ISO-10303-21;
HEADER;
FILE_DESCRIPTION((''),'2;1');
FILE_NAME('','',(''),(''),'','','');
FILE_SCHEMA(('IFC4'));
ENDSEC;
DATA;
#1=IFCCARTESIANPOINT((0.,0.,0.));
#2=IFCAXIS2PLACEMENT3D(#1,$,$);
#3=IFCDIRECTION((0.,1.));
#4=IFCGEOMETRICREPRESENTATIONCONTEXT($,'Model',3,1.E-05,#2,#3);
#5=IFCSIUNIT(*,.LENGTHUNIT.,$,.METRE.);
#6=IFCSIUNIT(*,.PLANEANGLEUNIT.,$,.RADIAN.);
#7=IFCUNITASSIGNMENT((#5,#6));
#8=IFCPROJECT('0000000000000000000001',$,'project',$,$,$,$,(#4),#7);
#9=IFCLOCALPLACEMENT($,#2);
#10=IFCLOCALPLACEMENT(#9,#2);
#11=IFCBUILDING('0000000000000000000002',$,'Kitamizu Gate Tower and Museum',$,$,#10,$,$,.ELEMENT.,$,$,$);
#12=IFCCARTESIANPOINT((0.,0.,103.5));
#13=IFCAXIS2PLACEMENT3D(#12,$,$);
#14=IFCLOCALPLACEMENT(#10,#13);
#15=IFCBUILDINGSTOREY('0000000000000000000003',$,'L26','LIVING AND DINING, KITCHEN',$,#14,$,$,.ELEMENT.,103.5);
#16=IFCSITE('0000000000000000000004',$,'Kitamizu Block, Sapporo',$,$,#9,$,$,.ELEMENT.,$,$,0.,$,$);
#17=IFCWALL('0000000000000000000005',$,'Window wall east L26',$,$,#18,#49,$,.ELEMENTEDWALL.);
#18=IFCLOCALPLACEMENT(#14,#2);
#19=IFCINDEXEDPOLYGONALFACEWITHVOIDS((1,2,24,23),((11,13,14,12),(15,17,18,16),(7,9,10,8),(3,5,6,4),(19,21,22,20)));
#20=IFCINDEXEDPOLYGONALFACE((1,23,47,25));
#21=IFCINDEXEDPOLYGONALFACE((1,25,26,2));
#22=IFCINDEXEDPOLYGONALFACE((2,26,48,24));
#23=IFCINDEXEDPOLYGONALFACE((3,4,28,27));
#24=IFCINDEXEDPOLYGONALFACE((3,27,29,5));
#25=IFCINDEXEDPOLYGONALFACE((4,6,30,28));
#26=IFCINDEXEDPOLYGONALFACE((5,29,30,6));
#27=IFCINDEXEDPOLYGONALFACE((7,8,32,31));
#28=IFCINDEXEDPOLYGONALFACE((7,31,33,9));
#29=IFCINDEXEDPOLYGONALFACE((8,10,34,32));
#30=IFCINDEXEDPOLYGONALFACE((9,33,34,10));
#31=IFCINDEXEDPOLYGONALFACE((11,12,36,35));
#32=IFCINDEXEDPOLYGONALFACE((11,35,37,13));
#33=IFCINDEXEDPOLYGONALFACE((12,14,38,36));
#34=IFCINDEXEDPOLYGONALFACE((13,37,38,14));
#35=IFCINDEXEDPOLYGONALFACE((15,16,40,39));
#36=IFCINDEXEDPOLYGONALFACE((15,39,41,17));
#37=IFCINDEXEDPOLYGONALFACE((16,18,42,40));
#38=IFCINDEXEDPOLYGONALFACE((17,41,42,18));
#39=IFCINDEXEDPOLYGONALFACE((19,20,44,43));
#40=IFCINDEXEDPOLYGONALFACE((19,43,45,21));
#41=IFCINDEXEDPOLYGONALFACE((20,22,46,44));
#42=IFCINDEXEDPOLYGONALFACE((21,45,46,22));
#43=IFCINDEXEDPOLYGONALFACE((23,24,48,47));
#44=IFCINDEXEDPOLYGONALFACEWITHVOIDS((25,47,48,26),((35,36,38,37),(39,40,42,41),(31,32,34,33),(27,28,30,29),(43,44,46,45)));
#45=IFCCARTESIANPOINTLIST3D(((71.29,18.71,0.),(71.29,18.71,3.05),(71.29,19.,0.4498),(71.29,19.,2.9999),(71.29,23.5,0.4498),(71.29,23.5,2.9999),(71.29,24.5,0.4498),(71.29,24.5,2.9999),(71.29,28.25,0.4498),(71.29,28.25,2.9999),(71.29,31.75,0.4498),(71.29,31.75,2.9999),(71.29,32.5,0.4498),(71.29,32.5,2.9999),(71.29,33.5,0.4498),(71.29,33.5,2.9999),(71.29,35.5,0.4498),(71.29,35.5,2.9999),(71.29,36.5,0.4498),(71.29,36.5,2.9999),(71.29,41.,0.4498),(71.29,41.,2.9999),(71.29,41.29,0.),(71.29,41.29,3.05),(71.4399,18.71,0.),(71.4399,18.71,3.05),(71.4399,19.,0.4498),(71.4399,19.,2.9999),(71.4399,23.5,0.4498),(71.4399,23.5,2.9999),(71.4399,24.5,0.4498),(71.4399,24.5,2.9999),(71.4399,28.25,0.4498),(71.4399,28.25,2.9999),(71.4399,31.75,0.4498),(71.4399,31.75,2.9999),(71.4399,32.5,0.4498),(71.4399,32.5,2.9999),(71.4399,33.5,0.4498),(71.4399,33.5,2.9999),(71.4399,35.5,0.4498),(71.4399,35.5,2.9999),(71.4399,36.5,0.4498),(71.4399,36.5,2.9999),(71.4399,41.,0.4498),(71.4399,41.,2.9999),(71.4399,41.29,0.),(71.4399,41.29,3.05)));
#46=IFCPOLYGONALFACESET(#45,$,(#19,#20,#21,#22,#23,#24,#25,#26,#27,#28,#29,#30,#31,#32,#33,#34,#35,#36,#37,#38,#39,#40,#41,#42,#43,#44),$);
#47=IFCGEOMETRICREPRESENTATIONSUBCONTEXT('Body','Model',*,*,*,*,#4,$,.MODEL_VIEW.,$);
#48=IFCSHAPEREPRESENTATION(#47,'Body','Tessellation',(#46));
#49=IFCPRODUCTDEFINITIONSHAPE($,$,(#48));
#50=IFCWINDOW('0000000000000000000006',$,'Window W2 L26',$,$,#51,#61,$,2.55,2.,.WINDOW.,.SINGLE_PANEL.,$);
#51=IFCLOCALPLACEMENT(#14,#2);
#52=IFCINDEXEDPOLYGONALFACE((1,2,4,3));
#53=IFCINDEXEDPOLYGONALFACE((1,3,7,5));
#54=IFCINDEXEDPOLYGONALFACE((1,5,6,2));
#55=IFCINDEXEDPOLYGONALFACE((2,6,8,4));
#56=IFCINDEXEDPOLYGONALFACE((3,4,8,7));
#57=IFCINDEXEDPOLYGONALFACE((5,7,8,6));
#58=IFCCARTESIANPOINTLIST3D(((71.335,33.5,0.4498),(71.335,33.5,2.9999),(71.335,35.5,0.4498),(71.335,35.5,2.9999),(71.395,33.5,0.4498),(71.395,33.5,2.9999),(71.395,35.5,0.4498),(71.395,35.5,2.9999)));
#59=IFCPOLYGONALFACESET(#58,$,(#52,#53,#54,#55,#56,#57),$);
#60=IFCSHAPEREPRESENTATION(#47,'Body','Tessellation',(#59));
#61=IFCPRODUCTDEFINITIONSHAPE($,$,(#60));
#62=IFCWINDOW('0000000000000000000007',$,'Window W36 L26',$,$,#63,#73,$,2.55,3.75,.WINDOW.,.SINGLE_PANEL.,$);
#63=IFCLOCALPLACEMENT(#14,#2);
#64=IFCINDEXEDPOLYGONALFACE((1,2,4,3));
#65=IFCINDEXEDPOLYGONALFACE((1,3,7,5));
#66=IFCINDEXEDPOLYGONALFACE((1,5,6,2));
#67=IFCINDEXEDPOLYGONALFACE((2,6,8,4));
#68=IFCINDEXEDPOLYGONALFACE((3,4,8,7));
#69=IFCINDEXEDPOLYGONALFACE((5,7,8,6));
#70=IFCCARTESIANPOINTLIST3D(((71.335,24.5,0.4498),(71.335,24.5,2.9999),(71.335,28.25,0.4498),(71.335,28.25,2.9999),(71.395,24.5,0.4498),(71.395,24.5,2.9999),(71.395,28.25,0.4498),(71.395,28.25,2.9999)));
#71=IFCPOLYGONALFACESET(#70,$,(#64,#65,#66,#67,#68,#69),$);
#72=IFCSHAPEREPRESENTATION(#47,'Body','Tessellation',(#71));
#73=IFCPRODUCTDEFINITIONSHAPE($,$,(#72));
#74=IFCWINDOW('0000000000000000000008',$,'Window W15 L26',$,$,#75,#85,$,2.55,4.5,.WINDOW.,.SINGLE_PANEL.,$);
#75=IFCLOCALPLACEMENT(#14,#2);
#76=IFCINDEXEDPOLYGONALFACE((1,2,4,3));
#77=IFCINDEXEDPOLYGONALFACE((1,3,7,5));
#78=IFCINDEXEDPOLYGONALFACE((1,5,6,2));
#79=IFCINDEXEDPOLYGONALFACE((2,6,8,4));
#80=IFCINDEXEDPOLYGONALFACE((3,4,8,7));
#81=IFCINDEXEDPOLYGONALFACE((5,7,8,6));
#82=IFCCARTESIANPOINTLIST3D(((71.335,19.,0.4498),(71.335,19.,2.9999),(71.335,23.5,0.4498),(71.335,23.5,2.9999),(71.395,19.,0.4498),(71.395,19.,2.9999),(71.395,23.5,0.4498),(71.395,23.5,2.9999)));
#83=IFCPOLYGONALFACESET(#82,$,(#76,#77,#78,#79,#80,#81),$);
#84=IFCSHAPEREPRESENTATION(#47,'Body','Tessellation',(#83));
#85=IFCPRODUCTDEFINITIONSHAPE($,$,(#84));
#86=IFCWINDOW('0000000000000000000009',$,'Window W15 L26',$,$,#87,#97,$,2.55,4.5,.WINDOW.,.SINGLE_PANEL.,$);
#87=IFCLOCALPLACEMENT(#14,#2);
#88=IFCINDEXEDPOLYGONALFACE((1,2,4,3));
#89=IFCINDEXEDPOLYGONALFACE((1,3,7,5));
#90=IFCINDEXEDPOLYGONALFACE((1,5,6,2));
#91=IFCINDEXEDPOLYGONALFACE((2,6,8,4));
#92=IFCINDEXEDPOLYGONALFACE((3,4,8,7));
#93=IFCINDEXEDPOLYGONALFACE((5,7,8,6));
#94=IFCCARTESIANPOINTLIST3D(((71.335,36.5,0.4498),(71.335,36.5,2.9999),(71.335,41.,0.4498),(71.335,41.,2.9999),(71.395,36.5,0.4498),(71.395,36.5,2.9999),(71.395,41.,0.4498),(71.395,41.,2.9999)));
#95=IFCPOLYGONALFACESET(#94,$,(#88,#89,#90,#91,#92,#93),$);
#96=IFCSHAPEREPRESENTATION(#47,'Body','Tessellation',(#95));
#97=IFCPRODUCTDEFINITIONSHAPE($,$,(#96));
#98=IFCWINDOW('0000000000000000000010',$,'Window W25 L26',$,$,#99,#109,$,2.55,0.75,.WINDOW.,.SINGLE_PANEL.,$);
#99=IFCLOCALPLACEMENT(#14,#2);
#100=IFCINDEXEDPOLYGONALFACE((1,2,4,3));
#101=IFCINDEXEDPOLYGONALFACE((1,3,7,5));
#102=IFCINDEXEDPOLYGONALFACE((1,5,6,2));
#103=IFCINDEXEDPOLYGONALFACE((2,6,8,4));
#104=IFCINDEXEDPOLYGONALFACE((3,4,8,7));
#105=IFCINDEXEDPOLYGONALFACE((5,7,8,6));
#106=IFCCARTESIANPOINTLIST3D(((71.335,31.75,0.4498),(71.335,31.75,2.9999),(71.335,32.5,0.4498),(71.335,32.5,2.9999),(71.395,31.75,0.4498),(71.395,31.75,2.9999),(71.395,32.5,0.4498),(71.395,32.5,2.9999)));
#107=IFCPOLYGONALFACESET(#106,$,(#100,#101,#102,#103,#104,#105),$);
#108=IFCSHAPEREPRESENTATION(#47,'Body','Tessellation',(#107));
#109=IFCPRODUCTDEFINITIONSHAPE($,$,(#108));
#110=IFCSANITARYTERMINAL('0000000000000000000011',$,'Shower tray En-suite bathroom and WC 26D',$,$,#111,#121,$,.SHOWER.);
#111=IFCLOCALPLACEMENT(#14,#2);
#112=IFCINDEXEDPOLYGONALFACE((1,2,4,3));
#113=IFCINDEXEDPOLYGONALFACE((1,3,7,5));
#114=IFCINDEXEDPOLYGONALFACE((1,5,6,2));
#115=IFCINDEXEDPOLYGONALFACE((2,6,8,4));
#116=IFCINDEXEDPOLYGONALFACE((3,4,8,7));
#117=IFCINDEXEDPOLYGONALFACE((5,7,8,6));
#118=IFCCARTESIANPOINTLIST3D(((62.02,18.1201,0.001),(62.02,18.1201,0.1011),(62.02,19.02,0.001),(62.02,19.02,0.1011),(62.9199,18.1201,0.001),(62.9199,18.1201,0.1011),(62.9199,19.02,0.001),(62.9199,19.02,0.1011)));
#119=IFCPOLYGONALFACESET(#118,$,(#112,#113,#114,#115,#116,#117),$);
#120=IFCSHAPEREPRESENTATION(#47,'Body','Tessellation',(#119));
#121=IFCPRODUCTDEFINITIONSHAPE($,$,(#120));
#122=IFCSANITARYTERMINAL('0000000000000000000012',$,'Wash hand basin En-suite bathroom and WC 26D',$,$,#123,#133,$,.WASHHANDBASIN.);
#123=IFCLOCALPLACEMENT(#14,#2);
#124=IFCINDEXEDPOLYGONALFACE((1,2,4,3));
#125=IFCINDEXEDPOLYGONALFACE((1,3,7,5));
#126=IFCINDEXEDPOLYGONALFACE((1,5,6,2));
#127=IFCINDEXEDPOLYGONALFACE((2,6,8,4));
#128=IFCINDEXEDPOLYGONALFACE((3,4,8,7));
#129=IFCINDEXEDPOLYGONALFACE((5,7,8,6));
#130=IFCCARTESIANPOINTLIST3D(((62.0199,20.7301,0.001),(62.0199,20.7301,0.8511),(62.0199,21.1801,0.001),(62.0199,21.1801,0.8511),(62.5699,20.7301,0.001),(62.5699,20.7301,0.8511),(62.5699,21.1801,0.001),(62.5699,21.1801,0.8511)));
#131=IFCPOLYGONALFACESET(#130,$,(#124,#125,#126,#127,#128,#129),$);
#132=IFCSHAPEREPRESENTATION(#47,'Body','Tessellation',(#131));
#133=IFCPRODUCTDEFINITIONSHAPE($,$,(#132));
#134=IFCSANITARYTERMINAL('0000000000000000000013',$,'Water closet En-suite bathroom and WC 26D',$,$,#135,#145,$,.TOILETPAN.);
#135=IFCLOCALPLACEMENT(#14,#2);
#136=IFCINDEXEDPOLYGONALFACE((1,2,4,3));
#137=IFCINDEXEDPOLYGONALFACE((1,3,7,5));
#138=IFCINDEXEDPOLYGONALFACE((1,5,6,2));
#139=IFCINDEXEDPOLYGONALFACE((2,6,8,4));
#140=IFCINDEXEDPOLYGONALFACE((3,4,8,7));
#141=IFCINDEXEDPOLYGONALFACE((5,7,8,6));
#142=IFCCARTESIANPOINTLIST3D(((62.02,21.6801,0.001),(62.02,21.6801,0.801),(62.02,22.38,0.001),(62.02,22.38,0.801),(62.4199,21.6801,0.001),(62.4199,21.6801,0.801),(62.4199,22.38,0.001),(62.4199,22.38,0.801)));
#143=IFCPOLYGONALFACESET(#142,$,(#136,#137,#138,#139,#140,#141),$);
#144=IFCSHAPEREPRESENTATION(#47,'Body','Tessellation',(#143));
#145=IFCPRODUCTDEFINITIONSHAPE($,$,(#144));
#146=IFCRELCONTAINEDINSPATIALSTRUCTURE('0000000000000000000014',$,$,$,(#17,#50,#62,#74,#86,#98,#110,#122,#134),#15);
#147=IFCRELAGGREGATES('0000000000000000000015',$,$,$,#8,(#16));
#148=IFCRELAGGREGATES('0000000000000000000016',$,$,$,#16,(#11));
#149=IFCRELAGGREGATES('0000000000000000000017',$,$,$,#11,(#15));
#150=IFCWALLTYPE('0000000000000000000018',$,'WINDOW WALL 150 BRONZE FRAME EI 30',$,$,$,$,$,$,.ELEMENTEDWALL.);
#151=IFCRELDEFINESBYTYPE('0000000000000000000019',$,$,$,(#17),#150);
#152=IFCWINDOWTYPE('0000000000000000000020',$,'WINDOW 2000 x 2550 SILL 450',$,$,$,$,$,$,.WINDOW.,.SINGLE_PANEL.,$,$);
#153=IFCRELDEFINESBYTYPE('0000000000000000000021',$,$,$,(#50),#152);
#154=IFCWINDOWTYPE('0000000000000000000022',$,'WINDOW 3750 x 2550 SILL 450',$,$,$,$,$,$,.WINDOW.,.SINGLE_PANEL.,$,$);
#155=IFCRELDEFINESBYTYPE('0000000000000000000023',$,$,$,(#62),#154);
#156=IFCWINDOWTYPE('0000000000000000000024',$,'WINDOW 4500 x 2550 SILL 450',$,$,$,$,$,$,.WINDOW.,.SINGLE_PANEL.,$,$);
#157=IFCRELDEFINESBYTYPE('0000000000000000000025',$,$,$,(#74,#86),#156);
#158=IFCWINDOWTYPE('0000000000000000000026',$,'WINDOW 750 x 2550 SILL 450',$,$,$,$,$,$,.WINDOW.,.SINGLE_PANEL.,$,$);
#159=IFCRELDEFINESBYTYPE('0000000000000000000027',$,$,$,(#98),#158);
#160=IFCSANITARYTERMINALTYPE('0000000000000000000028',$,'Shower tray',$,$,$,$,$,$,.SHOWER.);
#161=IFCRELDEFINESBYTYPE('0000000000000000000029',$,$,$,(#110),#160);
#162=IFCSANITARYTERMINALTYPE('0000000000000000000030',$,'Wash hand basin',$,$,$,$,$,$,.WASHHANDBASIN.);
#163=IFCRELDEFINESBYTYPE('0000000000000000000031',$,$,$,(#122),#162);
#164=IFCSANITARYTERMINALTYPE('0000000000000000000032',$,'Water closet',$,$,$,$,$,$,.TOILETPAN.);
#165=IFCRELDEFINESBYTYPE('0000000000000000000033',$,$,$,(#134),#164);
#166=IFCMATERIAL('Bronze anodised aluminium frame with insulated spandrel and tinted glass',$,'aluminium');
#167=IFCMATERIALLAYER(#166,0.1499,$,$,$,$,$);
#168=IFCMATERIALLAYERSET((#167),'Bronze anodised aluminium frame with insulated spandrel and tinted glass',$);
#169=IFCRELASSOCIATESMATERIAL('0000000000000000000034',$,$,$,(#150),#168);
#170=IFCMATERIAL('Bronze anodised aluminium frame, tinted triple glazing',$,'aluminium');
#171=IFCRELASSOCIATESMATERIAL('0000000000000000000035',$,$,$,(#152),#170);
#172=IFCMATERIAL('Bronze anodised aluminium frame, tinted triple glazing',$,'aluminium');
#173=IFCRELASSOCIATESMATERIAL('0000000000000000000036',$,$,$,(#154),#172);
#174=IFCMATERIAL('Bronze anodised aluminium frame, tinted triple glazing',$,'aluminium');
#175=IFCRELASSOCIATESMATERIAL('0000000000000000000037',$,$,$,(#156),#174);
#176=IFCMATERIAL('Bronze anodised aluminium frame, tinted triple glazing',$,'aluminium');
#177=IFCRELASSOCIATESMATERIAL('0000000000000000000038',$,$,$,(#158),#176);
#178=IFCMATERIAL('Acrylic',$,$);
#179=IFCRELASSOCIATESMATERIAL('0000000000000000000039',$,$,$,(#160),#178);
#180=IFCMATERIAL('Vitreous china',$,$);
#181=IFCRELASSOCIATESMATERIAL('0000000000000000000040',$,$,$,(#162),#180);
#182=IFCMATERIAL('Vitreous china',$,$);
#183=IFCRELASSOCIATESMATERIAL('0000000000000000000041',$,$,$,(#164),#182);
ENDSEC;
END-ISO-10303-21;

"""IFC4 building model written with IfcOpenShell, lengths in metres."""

from ifc_helpers import new_model, si_unit, direction, frame, frame_2d, origin, origin_2d, place, context, subcontext, project, spatial, rectangle, extrude, material, layer, layer_set, type_object, element, fill, save


model = new_model("IFC4")

# Units and contexts
model_context = context("Model", 3, precision=1e-05, world=origin(), true_north=direction((0.0, 1.0)))
body_context = subcontext(model_context, "Body", "Model", "MODEL_VIEW")
ifc_project = project(units=[si_unit("LENGTHUNIT", "METRE"), si_unit("PLANEANGLEUNIT", "RADIAN")], contexts=[model_context])

# Site, building, storey
site_placement = place(None, origin())
site = spatial("IfcSite", under=ifc_project, at=site_placement, Name="Kitamizu Block, Sapporo", CompositionType="ELEMENT", RefElevation=0.0)
building_placement = place(site_placement, origin())
building = spatial("IfcBuilding", under=site, at=building_placement, Name="Kitamizu Gate Tower and Museum", CompositionType="ELEMENT")
storey_placement = place(building_placement, frame((0.0, 0.0, 103.5)))
storey = spatial("IfcBuildingStorey", under=building, at=storey_placement, Name="L26", Description="LIVING AND DINING, KITCHEN", CompositionType="ELEMENT", Elevation=103.5)

# Shared definitions
ifc_material_1 = material(Name="Bronze anodised aluminium frame with insulated spandrel and tinted glass", Category="aluminium")
ifc_layer_1 = layer(ifc_material_1, 0.1499)
ifc_layer_set_1 = layer_set([ifc_layer_1], Name="Bronze anodised aluminium frame with insulated spandrel and tinted glass")
wall_type_1 = type_object("IfcWallType", Name="WINDOW WALL 150 BRONZE FRAME EI 30", PredefinedType="ELEMENTEDWALL", material=ifc_layer_set_1)

# Wall, openings, windows
wall_1_placement = place(storey_placement, frame((71.365, 18.71, 0.0), z_axis=(0.0, 0.0, 1.0), x_axis=(0.0, 1.0, 0.0)))
wall_1 = element("IfcWall", 1, at=wall_1_placement, inside=storey, type_object=wall_type_1, Name="Window wall east L26", PredefinedType="ELEMENTEDWALL", context=body_context, shape_type="SweptSolid", body=[
    extrude(rectangle(XDim=22.5801, YDim=0.1499, at=frame_2d((11.29, 0.0))), origin(), (0.0, 0.0, 1.0), 3.05),
])
opening_1_placement = place(wall_1_placement, frame((0.29, 0.0, 0.45)))
opening_1 = element("IfcOpeningElement", 2, at=opening_1_placement, cuts=wall_1, PredefinedType="OPENING", context=body_context, shape_type="SweptSolid", body=[
    extrude(rectangle(XDim=4.5, YDim=2.55, at=frame_2d((2.25, 1.2749))), frame((0.0, 0.085, 0.0), z_axis=(0.0, -1.0, 0.0), x_axis=(1.0, 0.0, 0.0)), (0.0, 0.0, 1.0), 0.1699),
])
opening_2_placement = place(wall_1_placement, frame((5.79, 0.0, 0.45)))
opening_2 = element("IfcOpeningElement", 3, at=opening_2_placement, cuts=wall_1, PredefinedType="OPENING", context=body_context, shape_type="SweptSolid", body=[
    extrude(rectangle(XDim=3.75, YDim=2.55, at=frame_2d((1.875, 1.2749))), frame((0.0, 0.085, 0.0), z_axis=(0.0, -1.0, 0.0), x_axis=(1.0, 0.0, 0.0)), (0.0, 0.0, 1.0), 0.1699),
])
opening_3_placement = place(wall_1_placement, frame((13.04, 0.0, 0.45)))
opening_3 = element("IfcOpeningElement", 4, at=opening_3_placement, cuts=wall_1, PredefinedType="OPENING", context=body_context, shape_type="SweptSolid", body=[
    extrude(rectangle(XDim=0.75, YDim=2.55, at=frame_2d((0.375, 1.2749))), frame((0.0, 0.085, 0.0), z_axis=(0.0, -1.0, 0.0), x_axis=(1.0, 0.0, 0.0)), (0.0, 0.0, 1.0), 0.1699),
])
opening_4_placement = place(wall_1_placement, frame((14.79, 0.0, 0.45)))
opening_4 = element("IfcOpeningElement", 5, at=opening_4_placement, cuts=wall_1, PredefinedType="OPENING", context=body_context, shape_type="SweptSolid", body=[
    extrude(rectangle(XDim=2.0, YDim=2.55, at=frame_2d((1.0, 1.2749))), frame((0.0, 0.085, 0.0), z_axis=(0.0, -1.0, 0.0), x_axis=(1.0, 0.0, 0.0)), (0.0, 0.0, 1.0), 0.1699),
])
opening_5_placement = place(wall_1_placement, frame((17.79, 0.0, 0.45)))
opening_5 = element("IfcOpeningElement", 6, at=opening_5_placement, cuts=wall_1, PredefinedType="OPENING", context=body_context, shape_type="SweptSolid", body=[
    extrude(rectangle(XDim=4.5, YDim=2.55, at=frame_2d((2.25, 1.2749))), frame((0.0, 0.085, 0.0), z_axis=(0.0, -1.0, 0.0), x_axis=(1.0, 0.0, 0.0)), (0.0, 0.0, 1.0), 0.1699),
])
ifc_material_2 = material(Name="Bronze anodised aluminium frame, tinted triple glazing", Category="aluminium")
window_type_1 = type_object("IfcWindowType", Name="WINDOW 2000 x 2550 SILL 450", PartitioningType="SINGLE_PANEL", PredefinedType="WINDOW", material=ifc_material_2)
window_1_placement = place(opening_4_placement, origin())
window_1 = element("IfcWindow", 7, at=window_1_placement, inside=storey, type_object=window_type_1, Name="Window W2 L26", OverallHeight=2.55, OverallWidth=2.0, PartitioningType="SINGLE_PANEL", PredefinedType="WINDOW", context=body_context, shape_type="SweptSolid", body=[
    extrude(rectangle(XDim=2.0, YDim=2.55, at=frame_2d((1.0, 1.2749))), frame((0.0, 0.03, 0.0), z_axis=(0.0, -1.0, 0.0), x_axis=(1.0, 0.0, 0.0)), (0.0, 0.0, 1.0), 0.0601),
])
fill(opening_4, window_1)
ifc_material_3 = material(Name="Bronze anodised aluminium frame, tinted triple glazing", Category="aluminium")
window_type_2 = type_object("IfcWindowType", Name="WINDOW 3750 x 2550 SILL 450", PartitioningType="SINGLE_PANEL", PredefinedType="WINDOW", material=ifc_material_3)
window_2_placement = place(opening_2_placement, origin())
window_2 = element("IfcWindow", 8, at=window_2_placement, inside=storey, type_object=window_type_2, Name="Window W36 L26", OverallHeight=2.55, OverallWidth=3.75, PartitioningType="SINGLE_PANEL", PredefinedType="WINDOW", context=body_context, shape_type="SweptSolid", body=[
    extrude(rectangle(XDim=3.75, YDim=2.55, at=frame_2d((1.875, 1.2749))), frame((0.0, 0.03, 0.0), z_axis=(0.0, -1.0, 0.0), x_axis=(1.0, 0.0, 0.0)), (0.0, 0.0, 1.0), 0.0601),
])
fill(opening_2, window_2)
ifc_material_4 = material(Name="Bronze anodised aluminium frame, tinted triple glazing", Category="aluminium")
window_type_3 = type_object("IfcWindowType", Name="WINDOW 4500 x 2550 SILL 450", PartitioningType="SINGLE_PANEL", PredefinedType="WINDOW", material=ifc_material_4)
window_3_placement = place(opening_1_placement, origin())
window_3 = element("IfcWindow", 9, at=window_3_placement, inside=storey, type_object=window_type_3, Name="Window W15 L26", OverallHeight=2.55, OverallWidth=4.5, PartitioningType="SINGLE_PANEL", PredefinedType="WINDOW", context=body_context, shape_type="SweptSolid", body=[
    extrude(rectangle(XDim=4.5, YDim=2.55, at=frame_2d((2.25, 1.2749))), frame((0.0, 0.03, 0.0), z_axis=(0.0, -1.0, 0.0), x_axis=(1.0, 0.0, 0.0)), (0.0, 0.0, 1.0), 0.0601),
])
fill(opening_1, window_3)
window_4_placement = place(opening_5_placement, origin())
window_4 = element("IfcWindow", 10, at=window_4_placement, inside=storey, type_object=window_type_3, Name="Window W15 L26", OverallHeight=2.55, OverallWidth=4.5, PartitioningType="SINGLE_PANEL", PredefinedType="WINDOW", context=body_context, shape_type="SweptSolid", body=[
    extrude(rectangle(XDim=4.5, YDim=2.55, at=frame_2d((2.25, 1.2749))), frame((0.0, 0.03, 0.0), z_axis=(0.0, -1.0, 0.0), x_axis=(1.0, 0.0, 0.0)), (0.0, 0.0, 1.0), 0.0601),
])
fill(opening_5, window_4)
ifc_material_5 = material(Name="Bronze anodised aluminium frame, tinted triple glazing", Category="aluminium")
window_type_4 = type_object("IfcWindowType", Name="WINDOW 750 x 2550 SILL 450", PartitioningType="SINGLE_PANEL", PredefinedType="WINDOW", material=ifc_material_5)
window_5_placement = place(opening_3_placement, origin())
window_5 = element("IfcWindow", 11, at=window_5_placement, inside=storey, type_object=window_type_4, Name="Window W25 L26", OverallHeight=2.55, OverallWidth=0.75, PartitioningType="SINGLE_PANEL", PredefinedType="WINDOW", context=body_context, shape_type="SweptSolid", body=[
    extrude(rectangle(XDim=0.75, YDim=2.55, at=frame_2d((0.375, 1.2749))), frame((0.0, 0.03, 0.0), z_axis=(0.0, -1.0, 0.0), x_axis=(1.0, 0.0, 0.0)), (0.0, 0.0, 1.0), 0.0601),
])
fill(opening_3, window_5)

# Sanitary terminals
ifc_material_6 = material(Name="Acrylic")
sanitary_terminal_type_1 = type_object("IfcSanitaryTerminalType", Name="Shower tray", PredefinedType="SHOWER", material=ifc_material_6)
sanitary_terminal_1_placement = place(storey_placement, frame((62.47, 18.5701, 0.001), z_axis=(0.0, 0.0, 1.0), x_axis=(1.0, 0.0, 0.0)))
element("IfcSanitaryTerminal", 12, at=sanitary_terminal_1_placement, inside=storey, type_object=sanitary_terminal_type_1, Name="Shower tray En-suite bathroom and WC 26D", PredefinedType="SHOWER", context=body_context, shape_type="SweptSolid", body=[
    extrude(rectangle(XDim=0.8999, YDim=0.8999, at=origin_2d()), origin(), (0.0, 0.0, 1.0), 0.1001),
])
ifc_material_7 = material(Name="Vitreous china")
sanitary_terminal_type_2 = type_object("IfcSanitaryTerminalType", Name="Wash hand basin", PredefinedType="WASHHANDBASIN", material=ifc_material_7)
sanitary_terminal_2_placement = place(storey_placement, frame((62.2949, 20.9551, 0.001), z_axis=(0.0, 0.0, 1.0), x_axis=(1.0, 0.0, 0.0)))
element("IfcSanitaryTerminal", 13, at=sanitary_terminal_2_placement, inside=storey, type_object=sanitary_terminal_type_2, Name="Wash hand basin En-suite bathroom and WC 26D", PredefinedType="WASHHANDBASIN", context=body_context, shape_type="SweptSolid", body=[
    extrude(rectangle(XDim=0.55, YDim=0.45, at=origin_2d()), origin(), (0.0, 0.0, 1.0), 0.8501),
])
ifc_material_8 = material(Name="Vitreous china")
sanitary_terminal_type_3 = type_object("IfcSanitaryTerminalType", Name="Water closet", PredefinedType="TOILETPAN", material=ifc_material_8)
sanitary_terminal_3_placement = place(storey_placement, frame((62.22, 22.03, 0.001), z_axis=(0.0, 0.0, 1.0), x_axis=(1.0, 0.0, 0.0)))
element("IfcSanitaryTerminal", 14, at=sanitary_terminal_3_placement, inside=storey, type_object=sanitary_terminal_type_3, Name="Water closet En-suite bathroom and WC 26D", PredefinedType="TOILETPAN", context=body_context, shape_type="SweptSolid", body=[
    extrude(rectangle(XDim=0.3999, YDim=0.7, at=origin_2d()), origin(), (0.0, 0.0, 1.0), 0.8),
])

save(model, "model.ifc")
